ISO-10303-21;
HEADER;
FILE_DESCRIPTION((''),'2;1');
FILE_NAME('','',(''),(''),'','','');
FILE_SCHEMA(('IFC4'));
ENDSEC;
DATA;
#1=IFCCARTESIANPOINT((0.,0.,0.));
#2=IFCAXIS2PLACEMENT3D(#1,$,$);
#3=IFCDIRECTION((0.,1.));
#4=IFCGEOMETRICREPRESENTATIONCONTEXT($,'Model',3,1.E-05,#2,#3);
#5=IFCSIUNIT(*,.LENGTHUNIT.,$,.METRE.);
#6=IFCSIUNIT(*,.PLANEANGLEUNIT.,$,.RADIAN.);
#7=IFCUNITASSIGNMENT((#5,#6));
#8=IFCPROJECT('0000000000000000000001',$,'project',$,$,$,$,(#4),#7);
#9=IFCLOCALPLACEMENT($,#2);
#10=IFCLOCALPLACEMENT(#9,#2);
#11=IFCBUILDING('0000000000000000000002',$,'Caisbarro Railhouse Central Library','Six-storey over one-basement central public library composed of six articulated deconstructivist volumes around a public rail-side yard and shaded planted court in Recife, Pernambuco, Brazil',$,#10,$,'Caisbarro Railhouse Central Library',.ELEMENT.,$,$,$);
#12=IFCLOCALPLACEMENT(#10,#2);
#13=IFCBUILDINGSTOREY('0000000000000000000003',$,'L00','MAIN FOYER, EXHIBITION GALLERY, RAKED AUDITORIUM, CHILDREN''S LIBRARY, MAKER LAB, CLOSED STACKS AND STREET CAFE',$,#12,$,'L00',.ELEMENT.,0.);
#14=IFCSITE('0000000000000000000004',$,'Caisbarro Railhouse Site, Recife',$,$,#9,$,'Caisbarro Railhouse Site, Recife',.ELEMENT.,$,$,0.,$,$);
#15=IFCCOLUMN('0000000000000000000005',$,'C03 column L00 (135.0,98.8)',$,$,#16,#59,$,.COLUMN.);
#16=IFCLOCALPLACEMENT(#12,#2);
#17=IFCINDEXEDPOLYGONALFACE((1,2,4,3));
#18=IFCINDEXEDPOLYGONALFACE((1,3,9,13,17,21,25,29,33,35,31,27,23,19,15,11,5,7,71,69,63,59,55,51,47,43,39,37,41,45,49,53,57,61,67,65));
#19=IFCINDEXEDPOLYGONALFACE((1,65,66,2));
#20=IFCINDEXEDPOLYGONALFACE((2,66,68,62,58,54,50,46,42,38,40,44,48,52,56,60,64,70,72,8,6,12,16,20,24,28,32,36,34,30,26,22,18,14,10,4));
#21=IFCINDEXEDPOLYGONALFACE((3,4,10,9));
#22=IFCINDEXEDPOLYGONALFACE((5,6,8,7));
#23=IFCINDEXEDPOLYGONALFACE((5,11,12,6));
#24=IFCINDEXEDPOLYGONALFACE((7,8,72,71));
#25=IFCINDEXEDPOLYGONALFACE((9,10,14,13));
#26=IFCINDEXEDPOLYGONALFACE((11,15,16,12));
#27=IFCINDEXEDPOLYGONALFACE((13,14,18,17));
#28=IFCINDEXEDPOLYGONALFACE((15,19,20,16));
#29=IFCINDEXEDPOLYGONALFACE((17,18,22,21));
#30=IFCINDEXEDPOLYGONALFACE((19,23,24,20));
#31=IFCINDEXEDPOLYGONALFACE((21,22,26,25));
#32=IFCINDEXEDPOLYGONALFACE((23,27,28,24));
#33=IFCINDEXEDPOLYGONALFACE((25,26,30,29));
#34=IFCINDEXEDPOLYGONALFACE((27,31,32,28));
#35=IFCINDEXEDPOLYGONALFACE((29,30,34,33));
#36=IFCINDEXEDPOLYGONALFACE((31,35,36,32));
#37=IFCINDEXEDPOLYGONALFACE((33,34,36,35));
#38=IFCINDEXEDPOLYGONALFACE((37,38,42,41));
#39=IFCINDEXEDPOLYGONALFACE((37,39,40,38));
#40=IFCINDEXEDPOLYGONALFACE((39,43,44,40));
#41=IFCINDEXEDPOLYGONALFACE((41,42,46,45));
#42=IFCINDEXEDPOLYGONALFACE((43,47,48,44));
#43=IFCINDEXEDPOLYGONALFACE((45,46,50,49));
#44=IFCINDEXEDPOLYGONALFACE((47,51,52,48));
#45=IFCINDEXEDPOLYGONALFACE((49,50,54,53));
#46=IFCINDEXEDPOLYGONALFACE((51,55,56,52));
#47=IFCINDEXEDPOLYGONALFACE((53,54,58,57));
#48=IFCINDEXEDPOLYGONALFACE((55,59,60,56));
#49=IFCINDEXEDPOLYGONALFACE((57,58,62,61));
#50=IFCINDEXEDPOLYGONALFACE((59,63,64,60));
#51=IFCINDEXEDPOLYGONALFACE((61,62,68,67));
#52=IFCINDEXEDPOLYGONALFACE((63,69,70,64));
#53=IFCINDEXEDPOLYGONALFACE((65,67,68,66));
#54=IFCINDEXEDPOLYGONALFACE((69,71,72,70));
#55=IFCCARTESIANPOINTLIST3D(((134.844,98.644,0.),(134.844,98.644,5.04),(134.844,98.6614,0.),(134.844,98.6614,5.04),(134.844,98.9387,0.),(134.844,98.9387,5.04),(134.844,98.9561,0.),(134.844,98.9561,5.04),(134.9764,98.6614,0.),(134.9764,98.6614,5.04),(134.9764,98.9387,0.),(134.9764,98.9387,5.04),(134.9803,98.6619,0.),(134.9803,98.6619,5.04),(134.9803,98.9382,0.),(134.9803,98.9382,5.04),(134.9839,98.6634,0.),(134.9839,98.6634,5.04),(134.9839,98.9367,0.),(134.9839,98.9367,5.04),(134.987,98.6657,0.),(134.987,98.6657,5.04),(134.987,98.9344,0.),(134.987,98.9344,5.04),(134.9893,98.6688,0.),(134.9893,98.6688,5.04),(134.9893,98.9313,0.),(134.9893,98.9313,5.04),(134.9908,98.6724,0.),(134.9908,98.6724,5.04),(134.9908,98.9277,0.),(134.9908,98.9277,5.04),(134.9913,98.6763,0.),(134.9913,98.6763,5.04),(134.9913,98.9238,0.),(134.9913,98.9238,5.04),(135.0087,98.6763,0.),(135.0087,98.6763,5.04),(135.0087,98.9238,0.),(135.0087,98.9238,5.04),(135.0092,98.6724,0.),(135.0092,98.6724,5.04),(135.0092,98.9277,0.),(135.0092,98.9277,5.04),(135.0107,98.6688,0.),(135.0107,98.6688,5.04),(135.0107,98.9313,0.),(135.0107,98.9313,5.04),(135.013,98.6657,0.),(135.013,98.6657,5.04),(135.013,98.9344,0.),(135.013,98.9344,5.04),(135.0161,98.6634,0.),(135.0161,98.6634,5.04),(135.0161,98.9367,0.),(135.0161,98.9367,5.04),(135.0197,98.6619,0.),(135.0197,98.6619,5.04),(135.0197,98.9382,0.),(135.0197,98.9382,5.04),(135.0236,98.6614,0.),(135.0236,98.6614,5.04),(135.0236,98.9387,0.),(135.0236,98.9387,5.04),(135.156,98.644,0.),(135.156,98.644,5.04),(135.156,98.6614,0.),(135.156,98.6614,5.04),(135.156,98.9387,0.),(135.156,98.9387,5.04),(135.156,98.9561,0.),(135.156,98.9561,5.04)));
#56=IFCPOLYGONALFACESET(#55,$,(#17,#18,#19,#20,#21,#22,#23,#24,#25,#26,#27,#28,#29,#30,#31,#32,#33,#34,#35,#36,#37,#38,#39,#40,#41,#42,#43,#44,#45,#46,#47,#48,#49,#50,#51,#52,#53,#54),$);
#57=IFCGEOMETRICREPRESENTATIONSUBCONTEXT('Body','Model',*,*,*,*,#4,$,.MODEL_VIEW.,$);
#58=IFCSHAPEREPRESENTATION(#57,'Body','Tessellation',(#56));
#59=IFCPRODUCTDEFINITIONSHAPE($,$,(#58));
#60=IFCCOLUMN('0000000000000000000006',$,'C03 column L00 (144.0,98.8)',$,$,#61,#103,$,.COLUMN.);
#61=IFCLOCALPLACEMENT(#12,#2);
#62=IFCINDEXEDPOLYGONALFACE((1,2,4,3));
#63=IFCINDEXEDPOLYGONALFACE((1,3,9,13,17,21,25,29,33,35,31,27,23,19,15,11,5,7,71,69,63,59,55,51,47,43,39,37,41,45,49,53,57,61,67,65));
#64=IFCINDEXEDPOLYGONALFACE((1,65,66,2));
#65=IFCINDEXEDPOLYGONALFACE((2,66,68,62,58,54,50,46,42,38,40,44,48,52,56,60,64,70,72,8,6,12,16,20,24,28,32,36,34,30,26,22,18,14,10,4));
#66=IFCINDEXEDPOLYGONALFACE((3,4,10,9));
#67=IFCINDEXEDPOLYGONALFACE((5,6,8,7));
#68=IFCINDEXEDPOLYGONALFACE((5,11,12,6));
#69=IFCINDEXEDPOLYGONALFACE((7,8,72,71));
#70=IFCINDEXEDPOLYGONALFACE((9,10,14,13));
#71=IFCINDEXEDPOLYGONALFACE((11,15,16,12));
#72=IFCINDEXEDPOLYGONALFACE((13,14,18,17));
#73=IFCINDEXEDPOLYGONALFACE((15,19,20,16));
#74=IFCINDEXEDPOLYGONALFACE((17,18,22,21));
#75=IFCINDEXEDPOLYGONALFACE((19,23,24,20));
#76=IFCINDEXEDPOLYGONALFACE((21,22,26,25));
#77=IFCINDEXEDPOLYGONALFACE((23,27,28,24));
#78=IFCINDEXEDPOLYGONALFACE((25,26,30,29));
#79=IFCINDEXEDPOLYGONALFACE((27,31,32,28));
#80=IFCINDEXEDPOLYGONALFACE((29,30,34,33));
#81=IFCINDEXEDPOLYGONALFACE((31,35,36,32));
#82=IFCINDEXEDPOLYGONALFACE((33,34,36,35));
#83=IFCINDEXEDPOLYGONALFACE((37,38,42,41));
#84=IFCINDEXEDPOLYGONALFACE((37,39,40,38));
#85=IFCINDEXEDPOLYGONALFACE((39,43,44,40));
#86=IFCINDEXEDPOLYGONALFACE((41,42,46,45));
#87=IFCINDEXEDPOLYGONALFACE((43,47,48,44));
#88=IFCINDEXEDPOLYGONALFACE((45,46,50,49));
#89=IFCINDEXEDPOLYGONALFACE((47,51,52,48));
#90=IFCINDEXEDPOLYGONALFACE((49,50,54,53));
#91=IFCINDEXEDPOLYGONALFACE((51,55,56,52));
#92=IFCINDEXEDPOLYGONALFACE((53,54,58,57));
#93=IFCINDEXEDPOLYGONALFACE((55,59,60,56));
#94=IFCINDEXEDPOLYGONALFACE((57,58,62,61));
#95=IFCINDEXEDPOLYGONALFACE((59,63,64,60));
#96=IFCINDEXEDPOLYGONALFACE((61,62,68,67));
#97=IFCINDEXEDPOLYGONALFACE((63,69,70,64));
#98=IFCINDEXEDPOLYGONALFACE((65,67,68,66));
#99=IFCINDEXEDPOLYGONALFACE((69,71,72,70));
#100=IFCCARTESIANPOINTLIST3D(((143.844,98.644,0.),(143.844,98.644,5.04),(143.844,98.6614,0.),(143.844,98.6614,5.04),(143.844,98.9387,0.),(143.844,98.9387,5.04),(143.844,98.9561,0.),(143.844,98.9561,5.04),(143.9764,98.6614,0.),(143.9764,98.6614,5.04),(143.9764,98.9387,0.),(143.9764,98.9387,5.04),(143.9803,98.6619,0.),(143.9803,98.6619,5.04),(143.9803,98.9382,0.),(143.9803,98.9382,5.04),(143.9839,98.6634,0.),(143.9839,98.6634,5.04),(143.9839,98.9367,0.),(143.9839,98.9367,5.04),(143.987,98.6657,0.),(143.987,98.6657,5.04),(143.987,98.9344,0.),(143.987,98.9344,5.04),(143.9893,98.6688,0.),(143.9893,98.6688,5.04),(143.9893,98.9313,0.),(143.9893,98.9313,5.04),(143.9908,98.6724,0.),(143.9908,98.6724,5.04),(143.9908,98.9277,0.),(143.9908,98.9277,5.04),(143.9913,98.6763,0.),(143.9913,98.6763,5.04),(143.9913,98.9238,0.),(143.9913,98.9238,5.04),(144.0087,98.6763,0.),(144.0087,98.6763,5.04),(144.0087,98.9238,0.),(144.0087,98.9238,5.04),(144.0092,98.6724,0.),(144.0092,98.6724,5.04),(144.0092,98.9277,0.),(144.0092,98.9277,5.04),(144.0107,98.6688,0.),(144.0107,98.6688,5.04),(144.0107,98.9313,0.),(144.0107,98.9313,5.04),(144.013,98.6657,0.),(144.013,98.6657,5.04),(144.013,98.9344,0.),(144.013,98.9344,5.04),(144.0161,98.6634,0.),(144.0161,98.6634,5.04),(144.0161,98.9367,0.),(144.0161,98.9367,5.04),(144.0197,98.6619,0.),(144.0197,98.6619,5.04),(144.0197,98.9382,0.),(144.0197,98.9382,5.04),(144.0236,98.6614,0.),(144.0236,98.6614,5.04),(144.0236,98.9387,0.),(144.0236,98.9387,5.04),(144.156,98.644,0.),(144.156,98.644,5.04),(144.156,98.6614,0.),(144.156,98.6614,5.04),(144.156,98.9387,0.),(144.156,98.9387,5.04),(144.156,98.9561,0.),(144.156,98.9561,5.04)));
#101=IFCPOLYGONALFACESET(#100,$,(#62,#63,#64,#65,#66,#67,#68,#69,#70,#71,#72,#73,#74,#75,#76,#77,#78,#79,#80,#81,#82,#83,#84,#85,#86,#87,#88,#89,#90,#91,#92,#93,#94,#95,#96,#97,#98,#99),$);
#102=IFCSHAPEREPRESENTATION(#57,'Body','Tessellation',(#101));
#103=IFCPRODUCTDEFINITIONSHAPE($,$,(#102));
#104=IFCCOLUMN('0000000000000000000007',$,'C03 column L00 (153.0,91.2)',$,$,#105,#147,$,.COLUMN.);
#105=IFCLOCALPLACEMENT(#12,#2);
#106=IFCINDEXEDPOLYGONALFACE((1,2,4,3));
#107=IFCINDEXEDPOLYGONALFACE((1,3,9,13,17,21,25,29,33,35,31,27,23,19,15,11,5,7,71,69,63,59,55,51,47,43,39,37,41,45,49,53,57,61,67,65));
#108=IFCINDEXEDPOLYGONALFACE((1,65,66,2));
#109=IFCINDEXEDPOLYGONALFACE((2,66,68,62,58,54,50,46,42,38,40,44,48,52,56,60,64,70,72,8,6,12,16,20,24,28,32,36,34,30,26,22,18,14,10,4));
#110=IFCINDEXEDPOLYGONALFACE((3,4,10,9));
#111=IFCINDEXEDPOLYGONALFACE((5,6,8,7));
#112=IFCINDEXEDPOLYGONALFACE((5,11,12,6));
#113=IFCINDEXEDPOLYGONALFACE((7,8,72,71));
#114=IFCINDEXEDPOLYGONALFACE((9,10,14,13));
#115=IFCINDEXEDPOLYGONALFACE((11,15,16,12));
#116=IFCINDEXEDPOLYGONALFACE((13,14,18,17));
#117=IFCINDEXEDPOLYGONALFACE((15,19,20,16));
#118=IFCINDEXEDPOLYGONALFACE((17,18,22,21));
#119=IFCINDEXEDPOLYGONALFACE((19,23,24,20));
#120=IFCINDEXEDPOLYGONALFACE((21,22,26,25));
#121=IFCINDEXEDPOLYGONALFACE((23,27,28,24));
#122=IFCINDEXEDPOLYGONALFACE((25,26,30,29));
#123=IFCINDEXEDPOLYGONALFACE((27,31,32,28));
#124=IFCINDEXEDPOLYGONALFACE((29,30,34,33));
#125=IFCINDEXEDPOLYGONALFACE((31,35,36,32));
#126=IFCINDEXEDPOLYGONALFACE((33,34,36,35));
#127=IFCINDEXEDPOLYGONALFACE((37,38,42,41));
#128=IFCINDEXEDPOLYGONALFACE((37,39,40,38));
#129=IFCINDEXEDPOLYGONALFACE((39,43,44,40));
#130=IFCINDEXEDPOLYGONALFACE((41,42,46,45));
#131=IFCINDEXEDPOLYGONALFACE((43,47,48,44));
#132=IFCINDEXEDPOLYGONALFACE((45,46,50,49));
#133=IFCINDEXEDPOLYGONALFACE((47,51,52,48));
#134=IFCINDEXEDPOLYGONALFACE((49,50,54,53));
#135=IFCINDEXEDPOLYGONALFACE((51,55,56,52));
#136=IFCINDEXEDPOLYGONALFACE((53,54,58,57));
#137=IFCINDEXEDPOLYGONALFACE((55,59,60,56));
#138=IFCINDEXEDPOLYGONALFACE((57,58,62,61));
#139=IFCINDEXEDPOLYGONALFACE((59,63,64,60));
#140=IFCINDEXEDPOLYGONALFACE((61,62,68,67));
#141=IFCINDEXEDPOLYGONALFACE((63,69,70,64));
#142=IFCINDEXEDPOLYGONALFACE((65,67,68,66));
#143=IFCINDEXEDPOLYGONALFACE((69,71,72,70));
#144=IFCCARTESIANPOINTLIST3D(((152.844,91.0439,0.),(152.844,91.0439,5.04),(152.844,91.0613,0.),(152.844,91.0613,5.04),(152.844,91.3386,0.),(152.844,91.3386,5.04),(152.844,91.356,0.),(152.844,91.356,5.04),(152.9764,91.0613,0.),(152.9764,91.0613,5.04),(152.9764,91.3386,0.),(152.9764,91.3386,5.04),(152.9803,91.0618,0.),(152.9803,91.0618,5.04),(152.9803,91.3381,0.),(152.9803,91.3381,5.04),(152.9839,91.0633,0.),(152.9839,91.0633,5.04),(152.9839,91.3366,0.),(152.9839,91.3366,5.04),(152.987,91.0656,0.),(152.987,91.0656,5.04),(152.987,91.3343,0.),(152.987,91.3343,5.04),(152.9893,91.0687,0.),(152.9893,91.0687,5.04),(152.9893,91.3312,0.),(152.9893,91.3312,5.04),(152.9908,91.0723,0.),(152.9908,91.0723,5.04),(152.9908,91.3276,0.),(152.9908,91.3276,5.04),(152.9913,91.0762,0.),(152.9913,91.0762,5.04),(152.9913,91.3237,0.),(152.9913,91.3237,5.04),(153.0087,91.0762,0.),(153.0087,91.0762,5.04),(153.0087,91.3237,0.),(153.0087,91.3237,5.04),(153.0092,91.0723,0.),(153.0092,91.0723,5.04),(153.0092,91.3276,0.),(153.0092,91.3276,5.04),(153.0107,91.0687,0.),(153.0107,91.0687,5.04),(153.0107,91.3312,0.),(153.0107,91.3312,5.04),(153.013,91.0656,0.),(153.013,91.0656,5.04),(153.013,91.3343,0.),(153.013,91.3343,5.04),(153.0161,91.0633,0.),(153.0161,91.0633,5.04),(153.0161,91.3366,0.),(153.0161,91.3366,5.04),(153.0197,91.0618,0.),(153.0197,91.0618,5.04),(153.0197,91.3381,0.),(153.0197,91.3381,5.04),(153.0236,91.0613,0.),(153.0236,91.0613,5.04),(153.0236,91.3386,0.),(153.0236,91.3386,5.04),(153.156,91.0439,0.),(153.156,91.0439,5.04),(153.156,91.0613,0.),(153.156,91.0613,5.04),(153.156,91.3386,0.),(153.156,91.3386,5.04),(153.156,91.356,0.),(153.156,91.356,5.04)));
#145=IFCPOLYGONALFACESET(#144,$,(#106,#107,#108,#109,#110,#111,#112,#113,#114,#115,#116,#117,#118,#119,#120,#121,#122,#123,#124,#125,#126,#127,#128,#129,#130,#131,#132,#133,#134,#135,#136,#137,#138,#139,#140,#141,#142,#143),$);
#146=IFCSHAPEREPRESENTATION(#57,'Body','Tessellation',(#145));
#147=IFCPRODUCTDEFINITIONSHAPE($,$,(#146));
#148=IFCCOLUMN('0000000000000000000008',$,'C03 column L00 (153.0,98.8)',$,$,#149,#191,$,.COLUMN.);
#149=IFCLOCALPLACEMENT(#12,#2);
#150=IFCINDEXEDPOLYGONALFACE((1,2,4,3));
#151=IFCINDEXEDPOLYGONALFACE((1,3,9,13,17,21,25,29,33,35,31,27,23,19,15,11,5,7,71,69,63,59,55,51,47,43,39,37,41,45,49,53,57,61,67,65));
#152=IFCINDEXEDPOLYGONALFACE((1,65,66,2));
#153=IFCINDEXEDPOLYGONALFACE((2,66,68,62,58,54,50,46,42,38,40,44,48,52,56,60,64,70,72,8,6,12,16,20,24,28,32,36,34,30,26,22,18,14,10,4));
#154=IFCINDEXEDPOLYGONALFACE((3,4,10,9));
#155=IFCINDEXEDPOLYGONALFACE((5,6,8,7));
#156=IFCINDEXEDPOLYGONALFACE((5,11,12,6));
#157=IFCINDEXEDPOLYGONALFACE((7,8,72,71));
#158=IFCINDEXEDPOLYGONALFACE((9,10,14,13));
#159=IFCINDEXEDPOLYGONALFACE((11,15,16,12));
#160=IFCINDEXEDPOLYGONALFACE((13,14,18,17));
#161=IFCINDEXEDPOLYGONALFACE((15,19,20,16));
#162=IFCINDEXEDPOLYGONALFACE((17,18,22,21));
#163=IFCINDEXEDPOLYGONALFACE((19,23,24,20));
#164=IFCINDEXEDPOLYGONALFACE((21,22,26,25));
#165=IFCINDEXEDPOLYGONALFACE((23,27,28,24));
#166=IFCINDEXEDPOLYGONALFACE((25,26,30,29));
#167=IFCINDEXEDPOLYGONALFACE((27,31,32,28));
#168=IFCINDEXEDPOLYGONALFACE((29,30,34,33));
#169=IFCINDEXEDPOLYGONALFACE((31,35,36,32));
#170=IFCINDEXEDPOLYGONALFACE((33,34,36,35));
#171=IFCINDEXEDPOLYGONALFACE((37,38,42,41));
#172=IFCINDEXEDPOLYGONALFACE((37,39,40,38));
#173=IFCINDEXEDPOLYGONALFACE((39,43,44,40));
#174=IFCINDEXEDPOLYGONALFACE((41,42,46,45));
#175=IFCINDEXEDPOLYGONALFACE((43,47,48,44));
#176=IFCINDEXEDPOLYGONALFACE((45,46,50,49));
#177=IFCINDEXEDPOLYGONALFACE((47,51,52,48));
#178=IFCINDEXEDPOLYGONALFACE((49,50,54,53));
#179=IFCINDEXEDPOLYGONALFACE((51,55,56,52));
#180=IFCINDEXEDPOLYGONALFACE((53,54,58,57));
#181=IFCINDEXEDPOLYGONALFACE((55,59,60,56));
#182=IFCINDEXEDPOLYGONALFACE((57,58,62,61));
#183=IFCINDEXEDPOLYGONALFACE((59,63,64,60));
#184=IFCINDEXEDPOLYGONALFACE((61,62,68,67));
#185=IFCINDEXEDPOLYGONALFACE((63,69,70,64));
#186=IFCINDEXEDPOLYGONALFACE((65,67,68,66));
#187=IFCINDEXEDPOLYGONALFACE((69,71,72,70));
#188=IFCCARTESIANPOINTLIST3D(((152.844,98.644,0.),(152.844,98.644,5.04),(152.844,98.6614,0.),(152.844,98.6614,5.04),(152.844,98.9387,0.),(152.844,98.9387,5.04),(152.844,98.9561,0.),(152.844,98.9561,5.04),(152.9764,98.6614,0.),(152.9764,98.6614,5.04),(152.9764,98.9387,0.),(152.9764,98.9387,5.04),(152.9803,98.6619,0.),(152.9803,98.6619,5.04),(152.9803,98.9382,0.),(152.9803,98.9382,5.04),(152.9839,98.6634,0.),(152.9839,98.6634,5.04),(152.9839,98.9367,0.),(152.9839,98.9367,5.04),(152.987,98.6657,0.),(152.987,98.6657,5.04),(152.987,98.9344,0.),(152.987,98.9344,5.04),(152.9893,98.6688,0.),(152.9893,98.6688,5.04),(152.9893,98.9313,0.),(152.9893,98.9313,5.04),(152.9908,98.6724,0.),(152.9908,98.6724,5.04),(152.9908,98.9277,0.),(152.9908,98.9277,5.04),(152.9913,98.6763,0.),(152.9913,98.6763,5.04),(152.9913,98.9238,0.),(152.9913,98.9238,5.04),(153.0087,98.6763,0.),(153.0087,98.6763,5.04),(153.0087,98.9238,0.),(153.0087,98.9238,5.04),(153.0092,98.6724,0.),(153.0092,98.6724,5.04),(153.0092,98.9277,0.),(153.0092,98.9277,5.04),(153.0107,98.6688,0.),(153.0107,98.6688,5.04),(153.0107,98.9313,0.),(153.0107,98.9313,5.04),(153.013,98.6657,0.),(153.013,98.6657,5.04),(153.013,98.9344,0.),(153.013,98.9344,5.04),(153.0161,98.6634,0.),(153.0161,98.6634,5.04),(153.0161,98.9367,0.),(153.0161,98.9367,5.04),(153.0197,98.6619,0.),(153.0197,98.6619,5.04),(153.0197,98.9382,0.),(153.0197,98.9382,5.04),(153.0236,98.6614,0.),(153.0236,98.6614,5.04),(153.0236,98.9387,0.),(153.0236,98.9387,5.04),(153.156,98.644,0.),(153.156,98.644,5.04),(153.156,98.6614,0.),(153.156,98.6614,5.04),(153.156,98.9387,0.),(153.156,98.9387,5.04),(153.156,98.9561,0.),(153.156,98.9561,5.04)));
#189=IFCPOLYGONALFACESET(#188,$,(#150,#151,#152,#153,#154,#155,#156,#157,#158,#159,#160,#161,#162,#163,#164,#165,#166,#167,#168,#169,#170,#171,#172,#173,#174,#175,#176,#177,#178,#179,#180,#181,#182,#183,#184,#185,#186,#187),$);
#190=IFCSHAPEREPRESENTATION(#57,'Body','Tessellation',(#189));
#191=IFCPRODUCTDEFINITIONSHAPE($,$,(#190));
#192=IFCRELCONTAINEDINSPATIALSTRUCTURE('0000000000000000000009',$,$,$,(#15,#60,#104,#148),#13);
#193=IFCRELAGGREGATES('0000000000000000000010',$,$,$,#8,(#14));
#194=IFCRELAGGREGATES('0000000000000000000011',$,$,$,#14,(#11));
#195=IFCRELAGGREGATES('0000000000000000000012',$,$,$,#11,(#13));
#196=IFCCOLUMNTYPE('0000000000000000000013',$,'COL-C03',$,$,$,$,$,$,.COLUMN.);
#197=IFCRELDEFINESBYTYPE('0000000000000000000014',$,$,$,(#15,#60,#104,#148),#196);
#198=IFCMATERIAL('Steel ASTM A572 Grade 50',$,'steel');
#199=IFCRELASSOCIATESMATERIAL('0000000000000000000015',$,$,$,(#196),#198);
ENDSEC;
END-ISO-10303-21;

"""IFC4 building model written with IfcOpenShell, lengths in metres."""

from ifc_helpers import new_model, si_unit, direction, frame, origin, origin_2d, place, context, subcontext, project, spatial, i_section, extrude, material, material_profile, profile_set, type_object, element, save


model = new_model("IFC4")

# Units and contexts
model_context = context("Model", 3, precision=1e-05, world=origin(), true_north=direction((0.0, 1.0)))
body_context = subcontext(model_context, "Body", "Model", "MODEL_VIEW")
ifc_project = project(units=[si_unit("LENGTHUNIT", "METRE"), si_unit("PLANEANGLEUNIT", "RADIAN")], contexts=[model_context])

# Site, building, storey
site_placement = place(None, origin())
site = spatial("IfcSite", under=ifc_project, at=site_placement, Name="Caisbarro Railhouse Site, Recife", LongName="Caisbarro Railhouse Site, Recife", CompositionType="ELEMENT", RefElevation=0.0)
building_placement = place(site_placement, origin())
building = spatial("IfcBuilding", under=site, at=building_placement, Name="Caisbarro Railhouse Central Library", Description="Six-storey over one-basement central public library composed of six articulated deconstructivist volumes around a public rail-side yard and shaded planted court in Recife, Pernambuco, Brazil", LongName="Caisbarro Railhouse Central Library", CompositionType="ELEMENT")
storey_placement = place(building_placement, origin())
storey = spatial("IfcBuildingStorey", under=building, at=storey_placement, Name="L00", Description="MAIN FOYER, EXHIBITION GALLERY, RAKED AUDITORIUM, CHILDREN'S LIBRARY, MAKER LAB, CLOSED STACKS AND STREET CAFE", LongName="L00", CompositionType="ELEMENT", Elevation=0.0)

# Columns
ifc_material_1 = material(Name="Steel ASTM A572 Grade 50", Category="steel")
ifc_material_profile_1 = material_profile(ifc_material_1, i_section(OverallWidth=0.312, OverallDepth=0.312, WebThickness=0.0173, FlangeThickness=0.0173, FilletRadius=0.0149, at=origin_2d()), Name="HP310X125.0")
ifc_profile_set_1 = profile_set([ifc_material_profile_1], Name="Steel ASTM A572 Grade 50")
column_type = type_object("IfcColumnType", Name="COL-C03", PredefinedType="COLUMN", material=ifc_profile_set_1)
for number, where, z_axis, x_axis, name in (
    (1, (135.0, 98.8, 0.0), (0.0, 0.0, 1.0), (1.0, 0.0, 0.0), "C03 column L00 (135.0,98.8)"),
    (2, (144.0, 98.8, 0.0), (0.0, 0.0, 1.0), (1.0, 0.0, 0.0), "C03 column L00 (144.0,98.8)"),
    (3, (153.0, 91.2, 0.0), (0.0, 0.0, 1.0), (1.0, 0.0, 0.0), "C03 column L00 (153.0,91.2)"),
    (4, (153.0, 98.8, 0.0), (0.0, 0.0, 1.0), (1.0, 0.0, 0.0), "C03 column L00 (153.0,98.8)"),
):
    element("IfcColumn", number, at=place(storey_placement, frame(where, z_axis=z_axis, x_axis=x_axis)), inside=storey, type_object=column_type, Name=name, PredefinedType="COLUMN", context=body_context, shape_type="SweptSolid", body=[
        extrude(i_section(OverallWidth=0.312, OverallDepth=0.312, WebThickness=0.0173, FlangeThickness=0.0173, FilletRadius=0.0149, at=origin_2d()), origin(), (0.0, 0.0, 1.0), 5.04),
    ])

save(model, "model.ifc")
